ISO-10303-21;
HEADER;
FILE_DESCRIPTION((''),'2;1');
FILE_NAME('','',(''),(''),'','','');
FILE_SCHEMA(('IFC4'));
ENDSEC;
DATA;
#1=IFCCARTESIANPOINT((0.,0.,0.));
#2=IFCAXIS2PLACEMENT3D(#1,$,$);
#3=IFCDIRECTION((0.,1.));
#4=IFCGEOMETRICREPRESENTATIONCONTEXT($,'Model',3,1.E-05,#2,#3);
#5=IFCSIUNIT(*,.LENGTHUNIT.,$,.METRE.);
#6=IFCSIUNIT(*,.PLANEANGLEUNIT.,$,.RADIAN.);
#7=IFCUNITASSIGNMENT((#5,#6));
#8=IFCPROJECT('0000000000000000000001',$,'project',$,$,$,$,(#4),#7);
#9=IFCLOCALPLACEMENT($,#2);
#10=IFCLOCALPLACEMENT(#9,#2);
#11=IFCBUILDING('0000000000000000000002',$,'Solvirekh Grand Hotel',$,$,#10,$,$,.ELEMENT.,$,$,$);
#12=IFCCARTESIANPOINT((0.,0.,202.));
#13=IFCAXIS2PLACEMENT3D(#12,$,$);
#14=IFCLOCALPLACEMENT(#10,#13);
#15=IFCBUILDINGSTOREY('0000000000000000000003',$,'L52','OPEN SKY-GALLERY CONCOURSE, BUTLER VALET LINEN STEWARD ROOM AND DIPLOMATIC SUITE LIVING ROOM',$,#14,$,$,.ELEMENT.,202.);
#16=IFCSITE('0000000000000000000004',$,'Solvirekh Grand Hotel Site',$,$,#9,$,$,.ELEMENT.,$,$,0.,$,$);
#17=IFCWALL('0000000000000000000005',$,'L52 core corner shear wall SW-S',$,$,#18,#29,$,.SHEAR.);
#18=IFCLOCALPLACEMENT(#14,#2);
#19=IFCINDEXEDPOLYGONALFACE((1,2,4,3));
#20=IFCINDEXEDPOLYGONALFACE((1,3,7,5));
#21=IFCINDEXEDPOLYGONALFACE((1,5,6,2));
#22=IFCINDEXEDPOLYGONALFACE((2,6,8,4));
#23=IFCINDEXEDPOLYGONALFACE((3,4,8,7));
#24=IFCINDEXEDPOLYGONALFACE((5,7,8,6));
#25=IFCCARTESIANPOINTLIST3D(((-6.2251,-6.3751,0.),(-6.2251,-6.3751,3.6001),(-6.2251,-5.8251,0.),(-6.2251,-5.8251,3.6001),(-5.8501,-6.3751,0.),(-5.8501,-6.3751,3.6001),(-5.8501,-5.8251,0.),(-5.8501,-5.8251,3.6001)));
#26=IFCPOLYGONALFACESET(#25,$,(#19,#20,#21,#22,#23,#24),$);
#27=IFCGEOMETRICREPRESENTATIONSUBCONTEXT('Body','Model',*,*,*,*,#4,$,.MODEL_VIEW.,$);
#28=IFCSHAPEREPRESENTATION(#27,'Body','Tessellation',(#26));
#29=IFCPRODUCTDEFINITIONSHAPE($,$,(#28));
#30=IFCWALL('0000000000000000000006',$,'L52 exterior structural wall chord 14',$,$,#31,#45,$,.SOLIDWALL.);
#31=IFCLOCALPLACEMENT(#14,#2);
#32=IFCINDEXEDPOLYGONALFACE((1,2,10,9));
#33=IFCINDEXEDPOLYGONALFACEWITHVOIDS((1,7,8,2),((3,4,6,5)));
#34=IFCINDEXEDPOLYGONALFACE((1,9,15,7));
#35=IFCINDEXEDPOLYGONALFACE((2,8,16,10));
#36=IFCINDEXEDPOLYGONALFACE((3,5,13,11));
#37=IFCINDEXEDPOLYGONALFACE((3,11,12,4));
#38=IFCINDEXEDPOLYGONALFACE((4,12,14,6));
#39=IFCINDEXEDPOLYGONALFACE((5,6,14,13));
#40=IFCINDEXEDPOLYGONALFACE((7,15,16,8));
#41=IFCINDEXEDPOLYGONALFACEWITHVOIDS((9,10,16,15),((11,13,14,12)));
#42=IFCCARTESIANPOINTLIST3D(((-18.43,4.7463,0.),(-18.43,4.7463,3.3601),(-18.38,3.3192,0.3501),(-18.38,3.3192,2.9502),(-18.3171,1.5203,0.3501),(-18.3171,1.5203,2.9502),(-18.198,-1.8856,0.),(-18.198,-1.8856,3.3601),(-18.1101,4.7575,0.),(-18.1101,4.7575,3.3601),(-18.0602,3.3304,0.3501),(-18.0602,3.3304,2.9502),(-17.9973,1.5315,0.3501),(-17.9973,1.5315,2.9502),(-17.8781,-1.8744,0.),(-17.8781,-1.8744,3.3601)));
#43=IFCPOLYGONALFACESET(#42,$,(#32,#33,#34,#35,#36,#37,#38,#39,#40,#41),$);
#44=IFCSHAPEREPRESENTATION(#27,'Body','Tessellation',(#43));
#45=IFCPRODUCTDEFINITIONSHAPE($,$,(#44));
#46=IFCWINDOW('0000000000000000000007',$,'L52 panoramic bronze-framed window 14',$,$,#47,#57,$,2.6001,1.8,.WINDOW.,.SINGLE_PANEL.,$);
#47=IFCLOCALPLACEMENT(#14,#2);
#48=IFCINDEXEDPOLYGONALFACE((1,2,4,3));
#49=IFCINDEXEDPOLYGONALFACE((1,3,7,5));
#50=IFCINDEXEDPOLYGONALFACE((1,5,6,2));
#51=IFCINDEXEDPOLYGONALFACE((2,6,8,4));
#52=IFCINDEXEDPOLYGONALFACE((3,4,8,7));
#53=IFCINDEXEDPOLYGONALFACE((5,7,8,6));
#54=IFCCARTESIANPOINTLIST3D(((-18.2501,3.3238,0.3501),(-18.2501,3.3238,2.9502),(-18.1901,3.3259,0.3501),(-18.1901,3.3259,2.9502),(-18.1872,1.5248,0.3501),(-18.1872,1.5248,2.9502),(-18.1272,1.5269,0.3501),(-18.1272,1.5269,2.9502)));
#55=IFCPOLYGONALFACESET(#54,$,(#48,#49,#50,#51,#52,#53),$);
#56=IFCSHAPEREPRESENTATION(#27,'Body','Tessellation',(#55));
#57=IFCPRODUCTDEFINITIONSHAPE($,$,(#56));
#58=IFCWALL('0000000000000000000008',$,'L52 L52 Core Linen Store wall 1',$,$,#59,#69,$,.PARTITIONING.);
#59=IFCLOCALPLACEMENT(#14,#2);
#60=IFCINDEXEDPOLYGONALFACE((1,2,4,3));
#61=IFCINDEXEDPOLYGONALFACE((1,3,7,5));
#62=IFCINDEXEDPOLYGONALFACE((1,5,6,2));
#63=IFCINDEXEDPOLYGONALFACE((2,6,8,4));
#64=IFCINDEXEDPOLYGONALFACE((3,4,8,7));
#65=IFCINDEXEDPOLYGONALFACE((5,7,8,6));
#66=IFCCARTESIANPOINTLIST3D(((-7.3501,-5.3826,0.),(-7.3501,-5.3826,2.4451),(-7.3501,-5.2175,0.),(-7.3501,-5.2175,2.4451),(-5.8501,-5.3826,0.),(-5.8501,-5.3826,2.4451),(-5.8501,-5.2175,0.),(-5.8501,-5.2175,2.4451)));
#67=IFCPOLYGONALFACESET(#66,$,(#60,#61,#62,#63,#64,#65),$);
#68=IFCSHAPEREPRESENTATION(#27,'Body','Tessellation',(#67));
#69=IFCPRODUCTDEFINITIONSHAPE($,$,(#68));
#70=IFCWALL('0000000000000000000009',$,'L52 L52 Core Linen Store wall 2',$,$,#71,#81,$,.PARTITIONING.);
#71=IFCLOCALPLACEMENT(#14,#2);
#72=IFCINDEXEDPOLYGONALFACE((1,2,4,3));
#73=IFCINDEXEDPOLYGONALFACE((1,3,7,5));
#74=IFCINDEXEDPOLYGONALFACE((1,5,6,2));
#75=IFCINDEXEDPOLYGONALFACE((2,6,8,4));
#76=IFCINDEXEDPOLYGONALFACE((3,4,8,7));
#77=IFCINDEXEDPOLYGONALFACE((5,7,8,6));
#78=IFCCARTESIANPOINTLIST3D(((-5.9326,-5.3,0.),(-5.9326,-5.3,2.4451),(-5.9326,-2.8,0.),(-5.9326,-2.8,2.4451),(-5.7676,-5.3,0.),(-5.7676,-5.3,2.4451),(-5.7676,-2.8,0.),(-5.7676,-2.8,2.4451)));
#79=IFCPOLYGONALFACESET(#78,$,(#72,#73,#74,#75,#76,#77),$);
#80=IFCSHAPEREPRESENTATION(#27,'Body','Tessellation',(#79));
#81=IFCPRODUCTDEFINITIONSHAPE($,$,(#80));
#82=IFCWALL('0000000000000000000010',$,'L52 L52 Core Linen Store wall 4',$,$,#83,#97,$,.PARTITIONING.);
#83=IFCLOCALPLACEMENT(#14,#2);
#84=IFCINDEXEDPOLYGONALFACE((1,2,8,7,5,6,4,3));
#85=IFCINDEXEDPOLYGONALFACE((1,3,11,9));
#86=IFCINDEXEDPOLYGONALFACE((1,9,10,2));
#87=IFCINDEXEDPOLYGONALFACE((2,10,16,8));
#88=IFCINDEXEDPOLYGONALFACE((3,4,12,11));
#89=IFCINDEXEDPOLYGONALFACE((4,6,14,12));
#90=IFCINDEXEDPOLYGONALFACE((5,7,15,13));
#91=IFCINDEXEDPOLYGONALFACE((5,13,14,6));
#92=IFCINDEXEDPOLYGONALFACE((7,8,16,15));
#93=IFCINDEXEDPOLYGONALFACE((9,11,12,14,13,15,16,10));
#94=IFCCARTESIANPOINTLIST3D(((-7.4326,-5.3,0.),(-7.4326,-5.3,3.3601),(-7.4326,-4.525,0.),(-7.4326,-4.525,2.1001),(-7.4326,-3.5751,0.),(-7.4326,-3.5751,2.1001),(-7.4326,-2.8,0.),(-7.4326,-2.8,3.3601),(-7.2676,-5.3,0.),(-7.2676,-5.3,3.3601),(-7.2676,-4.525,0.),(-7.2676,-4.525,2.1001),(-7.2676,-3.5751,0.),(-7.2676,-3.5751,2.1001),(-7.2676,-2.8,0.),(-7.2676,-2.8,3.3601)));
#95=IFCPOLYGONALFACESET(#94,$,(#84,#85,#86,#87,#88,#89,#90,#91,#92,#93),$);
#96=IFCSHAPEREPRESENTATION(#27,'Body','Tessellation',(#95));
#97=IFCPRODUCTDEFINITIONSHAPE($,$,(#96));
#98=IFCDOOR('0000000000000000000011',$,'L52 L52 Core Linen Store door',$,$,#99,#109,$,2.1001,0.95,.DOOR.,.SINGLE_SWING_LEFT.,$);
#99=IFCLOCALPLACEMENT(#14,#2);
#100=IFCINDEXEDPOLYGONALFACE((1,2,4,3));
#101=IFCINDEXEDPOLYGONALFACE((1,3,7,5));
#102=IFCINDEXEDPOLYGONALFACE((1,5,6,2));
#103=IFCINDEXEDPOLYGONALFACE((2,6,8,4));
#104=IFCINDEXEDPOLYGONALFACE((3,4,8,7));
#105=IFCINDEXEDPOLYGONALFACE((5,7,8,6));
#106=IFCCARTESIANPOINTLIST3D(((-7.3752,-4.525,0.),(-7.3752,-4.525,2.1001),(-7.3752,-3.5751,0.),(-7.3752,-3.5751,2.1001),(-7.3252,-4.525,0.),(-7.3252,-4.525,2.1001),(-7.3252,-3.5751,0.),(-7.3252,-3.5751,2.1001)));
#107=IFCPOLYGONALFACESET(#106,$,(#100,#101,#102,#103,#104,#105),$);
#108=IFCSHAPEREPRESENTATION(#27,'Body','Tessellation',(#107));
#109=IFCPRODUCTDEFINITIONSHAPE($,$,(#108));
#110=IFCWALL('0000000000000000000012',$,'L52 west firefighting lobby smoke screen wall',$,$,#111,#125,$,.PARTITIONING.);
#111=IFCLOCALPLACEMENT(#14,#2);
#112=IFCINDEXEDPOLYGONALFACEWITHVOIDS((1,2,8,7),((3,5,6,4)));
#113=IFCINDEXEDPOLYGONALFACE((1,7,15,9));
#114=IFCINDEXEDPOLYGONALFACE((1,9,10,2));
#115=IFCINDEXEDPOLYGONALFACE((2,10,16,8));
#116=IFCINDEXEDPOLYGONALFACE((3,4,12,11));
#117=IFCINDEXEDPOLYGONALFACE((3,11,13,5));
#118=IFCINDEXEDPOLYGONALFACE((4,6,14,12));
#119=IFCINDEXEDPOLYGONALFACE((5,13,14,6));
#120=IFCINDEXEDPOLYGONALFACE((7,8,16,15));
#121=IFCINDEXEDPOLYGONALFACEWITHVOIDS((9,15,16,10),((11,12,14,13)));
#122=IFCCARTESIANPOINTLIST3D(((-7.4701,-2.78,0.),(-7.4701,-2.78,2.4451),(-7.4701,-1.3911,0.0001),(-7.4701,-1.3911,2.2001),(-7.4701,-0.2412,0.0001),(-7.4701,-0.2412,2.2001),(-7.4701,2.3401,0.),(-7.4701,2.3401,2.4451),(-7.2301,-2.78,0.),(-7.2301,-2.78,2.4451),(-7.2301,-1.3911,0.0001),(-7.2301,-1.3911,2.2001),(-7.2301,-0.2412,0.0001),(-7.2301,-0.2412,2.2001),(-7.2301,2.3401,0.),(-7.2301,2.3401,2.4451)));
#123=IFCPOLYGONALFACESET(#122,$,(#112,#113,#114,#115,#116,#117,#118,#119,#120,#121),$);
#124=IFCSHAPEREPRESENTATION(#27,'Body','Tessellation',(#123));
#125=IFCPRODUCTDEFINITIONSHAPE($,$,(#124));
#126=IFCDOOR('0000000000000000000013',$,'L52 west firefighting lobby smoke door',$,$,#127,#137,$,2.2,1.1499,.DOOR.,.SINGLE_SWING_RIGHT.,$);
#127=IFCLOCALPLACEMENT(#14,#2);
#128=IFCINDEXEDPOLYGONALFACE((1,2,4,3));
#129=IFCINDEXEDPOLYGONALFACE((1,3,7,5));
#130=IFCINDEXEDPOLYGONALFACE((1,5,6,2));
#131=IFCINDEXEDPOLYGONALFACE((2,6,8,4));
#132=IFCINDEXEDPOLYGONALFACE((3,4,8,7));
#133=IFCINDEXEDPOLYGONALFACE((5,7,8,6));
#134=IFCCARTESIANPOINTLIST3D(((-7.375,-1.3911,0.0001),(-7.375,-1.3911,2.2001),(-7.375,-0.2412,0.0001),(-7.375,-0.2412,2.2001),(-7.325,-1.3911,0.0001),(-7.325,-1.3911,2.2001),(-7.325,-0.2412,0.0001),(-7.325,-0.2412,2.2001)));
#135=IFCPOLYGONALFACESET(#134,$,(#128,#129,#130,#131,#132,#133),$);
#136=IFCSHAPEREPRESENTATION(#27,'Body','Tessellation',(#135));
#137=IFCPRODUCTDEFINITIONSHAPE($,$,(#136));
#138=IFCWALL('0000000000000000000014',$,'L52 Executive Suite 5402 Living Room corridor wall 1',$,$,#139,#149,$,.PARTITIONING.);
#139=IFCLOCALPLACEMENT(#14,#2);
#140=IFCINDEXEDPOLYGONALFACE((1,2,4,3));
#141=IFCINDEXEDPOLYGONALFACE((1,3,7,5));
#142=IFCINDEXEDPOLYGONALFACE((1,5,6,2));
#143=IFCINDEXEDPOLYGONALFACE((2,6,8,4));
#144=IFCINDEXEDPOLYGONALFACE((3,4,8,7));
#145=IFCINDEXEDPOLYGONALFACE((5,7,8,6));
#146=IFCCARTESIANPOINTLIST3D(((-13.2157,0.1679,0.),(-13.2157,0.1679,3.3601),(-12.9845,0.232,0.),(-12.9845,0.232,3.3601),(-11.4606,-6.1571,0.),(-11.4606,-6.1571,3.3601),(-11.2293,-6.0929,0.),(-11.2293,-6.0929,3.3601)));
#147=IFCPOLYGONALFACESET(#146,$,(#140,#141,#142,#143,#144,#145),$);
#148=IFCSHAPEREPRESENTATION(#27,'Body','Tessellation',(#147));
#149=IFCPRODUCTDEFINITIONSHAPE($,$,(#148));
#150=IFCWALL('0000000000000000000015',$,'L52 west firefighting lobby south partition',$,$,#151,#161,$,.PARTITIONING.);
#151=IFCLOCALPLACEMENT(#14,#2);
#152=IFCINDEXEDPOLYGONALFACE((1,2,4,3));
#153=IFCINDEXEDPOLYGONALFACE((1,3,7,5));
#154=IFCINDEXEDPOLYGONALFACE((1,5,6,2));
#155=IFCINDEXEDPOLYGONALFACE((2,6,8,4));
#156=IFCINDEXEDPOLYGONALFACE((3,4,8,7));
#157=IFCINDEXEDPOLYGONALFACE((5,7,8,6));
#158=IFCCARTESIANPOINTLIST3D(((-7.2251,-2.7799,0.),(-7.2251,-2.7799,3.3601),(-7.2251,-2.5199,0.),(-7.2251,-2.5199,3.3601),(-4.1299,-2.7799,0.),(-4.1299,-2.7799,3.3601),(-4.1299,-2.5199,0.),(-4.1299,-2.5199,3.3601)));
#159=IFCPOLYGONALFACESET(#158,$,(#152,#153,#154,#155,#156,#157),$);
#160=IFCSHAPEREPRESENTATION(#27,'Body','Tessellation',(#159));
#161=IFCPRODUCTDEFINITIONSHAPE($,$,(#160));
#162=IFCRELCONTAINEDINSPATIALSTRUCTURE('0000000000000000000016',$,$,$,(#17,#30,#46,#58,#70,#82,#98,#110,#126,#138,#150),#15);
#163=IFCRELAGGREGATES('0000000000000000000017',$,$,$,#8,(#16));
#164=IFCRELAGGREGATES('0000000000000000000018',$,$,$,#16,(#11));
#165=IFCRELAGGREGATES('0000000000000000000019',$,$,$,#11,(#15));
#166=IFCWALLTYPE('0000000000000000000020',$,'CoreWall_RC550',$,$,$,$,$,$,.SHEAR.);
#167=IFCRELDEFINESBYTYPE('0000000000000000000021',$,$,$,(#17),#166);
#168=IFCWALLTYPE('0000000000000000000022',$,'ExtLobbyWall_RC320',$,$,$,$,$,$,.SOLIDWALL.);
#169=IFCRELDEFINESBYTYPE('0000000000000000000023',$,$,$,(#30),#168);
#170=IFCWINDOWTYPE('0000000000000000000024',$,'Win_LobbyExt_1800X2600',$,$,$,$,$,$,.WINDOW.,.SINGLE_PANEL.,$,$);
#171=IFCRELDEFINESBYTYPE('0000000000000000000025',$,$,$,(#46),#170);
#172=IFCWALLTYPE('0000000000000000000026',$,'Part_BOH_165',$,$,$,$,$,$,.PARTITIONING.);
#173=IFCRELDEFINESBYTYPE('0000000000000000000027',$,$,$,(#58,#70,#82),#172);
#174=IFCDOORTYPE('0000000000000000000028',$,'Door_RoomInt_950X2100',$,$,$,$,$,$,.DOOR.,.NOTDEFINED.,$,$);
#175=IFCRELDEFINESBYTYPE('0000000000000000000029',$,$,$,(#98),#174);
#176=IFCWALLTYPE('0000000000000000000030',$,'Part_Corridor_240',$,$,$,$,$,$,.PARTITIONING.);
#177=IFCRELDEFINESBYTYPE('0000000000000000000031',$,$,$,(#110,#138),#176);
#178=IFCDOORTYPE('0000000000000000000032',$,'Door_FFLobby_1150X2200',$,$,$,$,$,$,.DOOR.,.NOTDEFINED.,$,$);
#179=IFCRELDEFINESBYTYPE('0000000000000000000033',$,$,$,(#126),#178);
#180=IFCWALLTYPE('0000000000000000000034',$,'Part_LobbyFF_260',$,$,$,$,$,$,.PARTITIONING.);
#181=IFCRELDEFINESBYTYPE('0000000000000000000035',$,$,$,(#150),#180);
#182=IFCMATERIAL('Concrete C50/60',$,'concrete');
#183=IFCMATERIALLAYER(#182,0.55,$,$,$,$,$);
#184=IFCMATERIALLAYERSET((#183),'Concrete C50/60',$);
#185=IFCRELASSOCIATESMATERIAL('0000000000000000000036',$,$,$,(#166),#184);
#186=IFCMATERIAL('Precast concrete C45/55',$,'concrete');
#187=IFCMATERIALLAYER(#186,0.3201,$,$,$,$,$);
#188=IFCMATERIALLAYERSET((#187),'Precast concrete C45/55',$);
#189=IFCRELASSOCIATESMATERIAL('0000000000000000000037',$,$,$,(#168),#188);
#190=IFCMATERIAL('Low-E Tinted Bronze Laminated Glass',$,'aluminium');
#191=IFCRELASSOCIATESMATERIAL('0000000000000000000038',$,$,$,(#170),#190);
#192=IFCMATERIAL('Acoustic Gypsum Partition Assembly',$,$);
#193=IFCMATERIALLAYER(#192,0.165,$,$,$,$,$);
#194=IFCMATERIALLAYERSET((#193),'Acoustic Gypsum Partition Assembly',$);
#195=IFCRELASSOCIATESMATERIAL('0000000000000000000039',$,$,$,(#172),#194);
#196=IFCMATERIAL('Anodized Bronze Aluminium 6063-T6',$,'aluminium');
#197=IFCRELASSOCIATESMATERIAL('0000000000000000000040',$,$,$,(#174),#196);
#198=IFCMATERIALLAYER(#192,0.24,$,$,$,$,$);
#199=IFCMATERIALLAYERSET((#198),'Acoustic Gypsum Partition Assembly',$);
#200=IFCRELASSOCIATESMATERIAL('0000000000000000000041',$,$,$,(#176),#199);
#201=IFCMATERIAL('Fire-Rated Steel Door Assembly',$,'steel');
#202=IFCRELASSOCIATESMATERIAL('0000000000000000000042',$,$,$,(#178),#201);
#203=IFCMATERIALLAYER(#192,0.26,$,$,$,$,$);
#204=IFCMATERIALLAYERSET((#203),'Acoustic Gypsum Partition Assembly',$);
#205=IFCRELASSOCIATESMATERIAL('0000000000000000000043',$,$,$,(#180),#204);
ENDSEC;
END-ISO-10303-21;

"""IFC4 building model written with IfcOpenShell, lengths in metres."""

from ifc_helpers import new_model, si_unit, direction, frame, frame_2d, origin, place, context, subcontext, project, spatial, rectangle, extrude, material, layer, layer_set, type_object, element, fill, save


model = new_model("IFC4")

# Units and contexts
model_context = context("Model", 3, precision=1e-05, world=origin(), true_north=direction((0.0, 1.0)))
body_context = subcontext(model_context, "Body", "Model", "MODEL_VIEW")
ifc_project = project(units=[si_unit("LENGTHUNIT", "METRE"), si_unit("PLANEANGLEUNIT", "RADIAN")], contexts=[model_context])

# Site, building, storey
site_placement = place(None, origin())
site = spatial("IfcSite", under=ifc_project, at=site_placement, Name="Solvirekh Grand Hotel Site", CompositionType="ELEMENT", RefElevation=0.0)
building_placement = place(site_placement, origin())
building = spatial("IfcBuilding", under=site, at=building_placement, Name="Solvirekh Grand Hotel", CompositionType="ELEMENT")
storey_placement = place(building_placement, frame((0.0, 0.0, 202.0)))
storey = spatial("IfcBuildingStorey", under=building, at=storey_placement, Name="L52", Description="OPEN SKY-GALLERY CONCOURSE, BUTLER VALET LINEN STEWARD ROOM AND DIPLOMATIC SUITE LIVING ROOM", CompositionType="ELEMENT", Elevation=202.0)

# Shared definitions
ifc_material_1 = material(Name="Concrete C50/60", Category="concrete")

# Shared definitions
ifc_material_2 = material(Name="Fire-Rated Steel Door Assembly", Category="steel")

# Wall
ifc_layer_1 = layer(ifc_material_1, 0.55)
ifc_layer_set_1 = layer_set([ifc_layer_1], Name="Concrete C50/60")
wall_type_1 = type_object("IfcWallType", Name="CoreWall_RC550", PredefinedType="SHEAR", material=ifc_layer_set_1)
wall_1_placement = place(storey_placement, frame((-6.2251, -6.1001, 0.0), z_axis=(0.0, 0.0, 1.0), x_axis=(1.0, 0.0, 0.0)))
element("IfcWall", 1, at=wall_1_placement, inside=storey, type_object=wall_type_1, Name="L52 core corner shear wall SW-S", PredefinedType="SHEAR", context=body_context, shape_type="SweptSolid", body=[
    extrude(rectangle(XDim=0.375, YDim=0.55, at=frame_2d((0.1875, 0.0))), origin(), (0.0, 0.0, 1.0), 3.6001),
])

# Wall, opening, window
ifc_material_3 = material(Name="Precast concrete C45/55", Category="concrete")
ifc_layer_2 = layer(ifc_material_3, 0.3201)
ifc_layer_set_2 = layer_set([ifc_layer_2], Name="Precast concrete C45/55")
wall_type_2 = type_object("IfcWallType", Name="ExtLobbyWall_RC320", PredefinedType="SOLIDWALL", material=ifc_layer_set_2)
wall_2_placement = place(storey_placement, frame((-18.0381, -1.8799, 0.0), z_axis=(0.0, 0.0, 1.0), x_axis=(-0.034951, 0.999389, 0.0)))
wall_2 = element("IfcWall", 2, at=wall_2_placement, inside=storey, type_object=wall_type_2, Name="L52 exterior structural wall chord 14", PredefinedType="SOLIDWALL", context=body_context, shape_type="SweptSolid", body=[
    extrude(rectangle(XDim=6.636, YDim=0.3201, at=frame_2d((3.3179, 0.0))), origin(), (0.0, 0.0, 1.0), 3.3601),
])
opening_1_placement = place(wall_2_placement, frame((3.408, 0.0, 0.3501)))
opening_1 = element("IfcOpeningElement", 3, at=opening_1_placement, cuts=wall_2, PredefinedType="OPENING", context=body_context, shape_type="SweptSolid", body=[
    extrude(rectangle(XDim=1.8, YDim=2.6001, at=frame_2d((0.8999, 1.3))), frame((0.0, 0.1699, 0.0), z_axis=(0.0, -1.0, 0.0), x_axis=(1.0, 0.0, 0.0)), (0.0, 0.0, 1.0), 0.3401),
])
ifc_material_4 = material(Name="Low-E Tinted Bronze Laminated Glass", Category="aluminium")
window_type = type_object("IfcWindowType", Name="Win_LobbyExt_1800X2600", PartitioningType="SINGLE_PANEL", PredefinedType="WINDOW", material=ifc_material_4)
window_placement = place(opening_1_placement, origin())
window = element("IfcWindow", 4, at=window_placement, inside=storey, type_object=window_type, Name="L52 panoramic bronze-framed window 14", OverallHeight=2.6001, OverallWidth=1.8, PartitioningType="SINGLE_PANEL", PredefinedType="WINDOW", context=body_context, shape_type="SweptSolid", body=[
    extrude(rectangle(XDim=1.8, YDim=2.6001, at=frame_2d((0.8999, 1.3))), frame((0.0, 0.03, 0.0), z_axis=(0.0, -1.0, 0.0), x_axis=(1.0, 0.0, 0.0)), (0.0, 0.0, 1.0), 0.0601),
])
fill(opening_1, window)

# Walls
ifc_material_5 = material(Name="Acoustic Gypsum Partition Assembly")
ifc_layer_3 = layer(ifc_material_5, 0.165)
ifc_layer_set_3 = layer_set([ifc_layer_3], Name="Acoustic Gypsum Partition Assembly")
wall_type_3 = type_object("IfcWallType", Name="Part_BOH_165", PredefinedType="PARTITIONING", material=ifc_layer_set_3)
wall_3_placement = place(storey_placement, frame((-7.3501, -5.3, 0.0), z_axis=(0.0, 0.0, 1.0), x_axis=(1.0, 0.0, 0.0)))
element("IfcWall", 5, at=wall_3_placement, inside=storey, type_object=wall_type_3, Name="L52 L52 Core Linen Store wall 1", PredefinedType="PARTITIONING", context=body_context, shape_type="SweptSolid", body=[
    extrude(rectangle(XDim=1.5, YDim=0.165, at=frame_2d((0.75, 0.0))), origin(), (0.0, 0.0, 1.0), 2.4451),
])
wall_4_placement = place(storey_placement, frame((-5.8501, -5.3, 0.0), z_axis=(0.0, 0.0, 1.0), x_axis=(0.0, 1.0, 0.0)))
element("IfcWall", 6, at=wall_4_placement, inside=storey, type_object=wall_type_3, Name="L52 L52 Core Linen Store wall 2", PredefinedType="PARTITIONING", context=body_context, shape_type="SweptSolid", body=[
    extrude(rectangle(XDim=2.5, YDim=0.165, at=frame_2d((1.25, 0.0))), origin(), (0.0, 0.0, 1.0), 2.4451),
])

# Walls, openings, doors
wall_5_placement = place(storey_placement, frame((-7.3501, -2.8, 0.0), z_axis=(0.0, 0.0, 1.0), x_axis=(0.0, -1.0, 0.0)))
wall_5 = element("IfcWall", 7, at=wall_5_placement, inside=storey, type_object=wall_type_3, Name="L52 L52 Core Linen Store wall 4", PredefinedType="PARTITIONING", context=body_context, shape_type="SweptSolid", body=[
    extrude(rectangle(XDim=2.5, YDim=0.165, at=frame_2d((1.25, 0.0))), origin(), (0.0, 0.0, 1.0), 3.3601),
])
opening_2_placement = place(wall_5_placement, frame((0.7749, 0.0, 0.0)))
opening_2 = element("IfcOpeningElement", 8, at=opening_2_placement, cuts=wall_5, PredefinedType="OPENING", context=body_context, shape_type="SweptSolid", body=[
    extrude(rectangle(XDim=0.95, YDim=2.1001, at=frame_2d((0.4751, 1.05))), frame((0.0, 0.0925, 0.0), z_axis=(0.0, -1.0, 0.0), x_axis=(1.0, 0.0, 0.0)), (0.0, 0.0, 1.0), 0.1851),
])
ifc_material_6 = material(Name="Anodized Bronze Aluminium 6063-T6", Category="aluminium")
door_type_1 = type_object("IfcDoorType", Name="Door_RoomInt_950X2100", OperationType="NOTDEFINED", PredefinedType="DOOR", material=ifc_material_6)
door_1_placement = place(opening_2_placement, origin())
door_1 = element("IfcDoor", 9, at=door_1_placement, inside=storey, type_object=door_type_1, Name="L52 L52 Core Linen Store door", OperationType="SINGLE_SWING_LEFT", OverallHeight=2.1001, OverallWidth=0.95, PredefinedType="DOOR", context=body_context, shape_type="SweptSolid", body=[
    extrude(rectangle(XDim=0.95, YDim=2.1001, at=frame_2d((0.4751, 1.05))), frame((0.0, 0.0249, 0.0), z_axis=(0.0, -1.0, 0.0), x_axis=(1.0, 0.0, 0.0)), (0.0, 0.0, 1.0), 0.05),
])
fill(opening_2, door_1)
ifc_layer_4 = layer(ifc_material_5, 0.24)
ifc_layer_set_4 = layer_set([ifc_layer_4], Name="Acoustic Gypsum Partition Assembly")
wall_type_4 = type_object("IfcWallType", Name="Part_Corridor_240", PredefinedType="PARTITIONING", material=ifc_layer_set_4)
wall_6_placement = place(storey_placement, frame((-7.3501, -2.78, 0.0), z_axis=(0.0, 0.0, 1.0), x_axis=(0.0, 1.0, 0.0)))
wall_6 = element("IfcWall", 10, at=wall_6_placement, inside=storey, type_object=wall_type_4, Name="L52 west firefighting lobby smoke screen wall", PredefinedType="PARTITIONING", context=body_context, shape_type="SweptSolid", body=[
    extrude(rectangle(XDim=5.1201, YDim=0.24, at=frame_2d((2.5601, 0.0))), origin(), (0.0, 0.0, 1.0), 2.4451),
])
opening_3_placement = place(wall_6_placement, frame((1.3889, 0.0, 0.0)))
opening_3 = element("IfcOpeningElement", 11, at=opening_3_placement, cuts=wall_6, PredefinedType="OPENING", context=body_context, shape_type="SweptSolid", body=[
    extrude(rectangle(XDim=1.1499, YDim=2.2, at=frame_2d((0.575, 1.1001))), frame((0.0, 0.1299, 0.0), z_axis=(0.0, -1.0, 0.0), x_axis=(1.0, 0.0, 0.0)), (0.0, 0.0, 1.0), 0.26),
])
door_type_2 = type_object("IfcDoorType", Name="Door_FFLobby_1150X2200", OperationType="NOTDEFINED", PredefinedType="DOOR", material=ifc_material_2)
door_2_placement = place(opening_3_placement, origin())
door_2 = element("IfcDoor", 12, at=door_2_placement, inside=storey, type_object=door_type_2, Name="L52 west firefighting lobby smoke door", OperationType="SINGLE_SWING_RIGHT", OverallHeight=2.2, OverallWidth=1.1499, PredefinedType="DOOR", context=body_context, shape_type="SweptSolid", body=[
    extrude(rectangle(XDim=1.1499, YDim=2.2, at=frame_2d((0.575, 1.1001))), frame((0.0, 0.0249, 0.0), z_axis=(0.0, -1.0, 0.0), x_axis=(1.0, 0.0, 0.0)), (0.0, 0.0, 1.0), 0.05),
])
fill(opening_3, door_2)

# Walls
wall_7_placement = place(storey_placement, frame((-13.1001, 0.2, 0.0), z_axis=(0.0, 0.0, 1.0), x_axis=(0.267389, -0.963589, 0.0)))
element("IfcWall", 13, at=wall_7_placement, inside=storey, type_object=wall_type_4, Name="L52 Executive Suite 5402 Living Room corridor wall 1", PredefinedType="PARTITIONING", context=body_context, shape_type="SweptSolid", body=[
    extrude(rectangle(XDim=6.564, YDim=0.24, at=frame_2d((3.282, 0.0))), origin(), (0.0, 0.0, 1.0), 3.3601),
])
ifc_layer_5 = layer(ifc_material_5, 0.26)
ifc_layer_set_5 = layer_set([ifc_layer_5], Name="Acoustic Gypsum Partition Assembly")
wall_type_5 = type_object("IfcWallType", Name="Part_LobbyFF_260", PredefinedType="PARTITIONING", material=ifc_layer_set_5)
wall_8_placement = place(storey_placement, frame((-7.2251, -2.6499, 0.0), z_axis=(0.0, 0.0, 1.0), x_axis=(1.0, 0.0, 0.0)))
element("IfcWall", 14, at=wall_8_placement, inside=storey, type_object=wall_type_5, Name="L52 west firefighting lobby south partition", PredefinedType="PARTITIONING", context=body_context, shape_type="SweptSolid", body=[
    extrude(rectangle(XDim=3.0952, YDim=0.26, at=frame_2d((1.5476, 0.0))), origin(), (0.0, 0.0, 1.0), 3.3601),
])

save(model, "model.ifc")
